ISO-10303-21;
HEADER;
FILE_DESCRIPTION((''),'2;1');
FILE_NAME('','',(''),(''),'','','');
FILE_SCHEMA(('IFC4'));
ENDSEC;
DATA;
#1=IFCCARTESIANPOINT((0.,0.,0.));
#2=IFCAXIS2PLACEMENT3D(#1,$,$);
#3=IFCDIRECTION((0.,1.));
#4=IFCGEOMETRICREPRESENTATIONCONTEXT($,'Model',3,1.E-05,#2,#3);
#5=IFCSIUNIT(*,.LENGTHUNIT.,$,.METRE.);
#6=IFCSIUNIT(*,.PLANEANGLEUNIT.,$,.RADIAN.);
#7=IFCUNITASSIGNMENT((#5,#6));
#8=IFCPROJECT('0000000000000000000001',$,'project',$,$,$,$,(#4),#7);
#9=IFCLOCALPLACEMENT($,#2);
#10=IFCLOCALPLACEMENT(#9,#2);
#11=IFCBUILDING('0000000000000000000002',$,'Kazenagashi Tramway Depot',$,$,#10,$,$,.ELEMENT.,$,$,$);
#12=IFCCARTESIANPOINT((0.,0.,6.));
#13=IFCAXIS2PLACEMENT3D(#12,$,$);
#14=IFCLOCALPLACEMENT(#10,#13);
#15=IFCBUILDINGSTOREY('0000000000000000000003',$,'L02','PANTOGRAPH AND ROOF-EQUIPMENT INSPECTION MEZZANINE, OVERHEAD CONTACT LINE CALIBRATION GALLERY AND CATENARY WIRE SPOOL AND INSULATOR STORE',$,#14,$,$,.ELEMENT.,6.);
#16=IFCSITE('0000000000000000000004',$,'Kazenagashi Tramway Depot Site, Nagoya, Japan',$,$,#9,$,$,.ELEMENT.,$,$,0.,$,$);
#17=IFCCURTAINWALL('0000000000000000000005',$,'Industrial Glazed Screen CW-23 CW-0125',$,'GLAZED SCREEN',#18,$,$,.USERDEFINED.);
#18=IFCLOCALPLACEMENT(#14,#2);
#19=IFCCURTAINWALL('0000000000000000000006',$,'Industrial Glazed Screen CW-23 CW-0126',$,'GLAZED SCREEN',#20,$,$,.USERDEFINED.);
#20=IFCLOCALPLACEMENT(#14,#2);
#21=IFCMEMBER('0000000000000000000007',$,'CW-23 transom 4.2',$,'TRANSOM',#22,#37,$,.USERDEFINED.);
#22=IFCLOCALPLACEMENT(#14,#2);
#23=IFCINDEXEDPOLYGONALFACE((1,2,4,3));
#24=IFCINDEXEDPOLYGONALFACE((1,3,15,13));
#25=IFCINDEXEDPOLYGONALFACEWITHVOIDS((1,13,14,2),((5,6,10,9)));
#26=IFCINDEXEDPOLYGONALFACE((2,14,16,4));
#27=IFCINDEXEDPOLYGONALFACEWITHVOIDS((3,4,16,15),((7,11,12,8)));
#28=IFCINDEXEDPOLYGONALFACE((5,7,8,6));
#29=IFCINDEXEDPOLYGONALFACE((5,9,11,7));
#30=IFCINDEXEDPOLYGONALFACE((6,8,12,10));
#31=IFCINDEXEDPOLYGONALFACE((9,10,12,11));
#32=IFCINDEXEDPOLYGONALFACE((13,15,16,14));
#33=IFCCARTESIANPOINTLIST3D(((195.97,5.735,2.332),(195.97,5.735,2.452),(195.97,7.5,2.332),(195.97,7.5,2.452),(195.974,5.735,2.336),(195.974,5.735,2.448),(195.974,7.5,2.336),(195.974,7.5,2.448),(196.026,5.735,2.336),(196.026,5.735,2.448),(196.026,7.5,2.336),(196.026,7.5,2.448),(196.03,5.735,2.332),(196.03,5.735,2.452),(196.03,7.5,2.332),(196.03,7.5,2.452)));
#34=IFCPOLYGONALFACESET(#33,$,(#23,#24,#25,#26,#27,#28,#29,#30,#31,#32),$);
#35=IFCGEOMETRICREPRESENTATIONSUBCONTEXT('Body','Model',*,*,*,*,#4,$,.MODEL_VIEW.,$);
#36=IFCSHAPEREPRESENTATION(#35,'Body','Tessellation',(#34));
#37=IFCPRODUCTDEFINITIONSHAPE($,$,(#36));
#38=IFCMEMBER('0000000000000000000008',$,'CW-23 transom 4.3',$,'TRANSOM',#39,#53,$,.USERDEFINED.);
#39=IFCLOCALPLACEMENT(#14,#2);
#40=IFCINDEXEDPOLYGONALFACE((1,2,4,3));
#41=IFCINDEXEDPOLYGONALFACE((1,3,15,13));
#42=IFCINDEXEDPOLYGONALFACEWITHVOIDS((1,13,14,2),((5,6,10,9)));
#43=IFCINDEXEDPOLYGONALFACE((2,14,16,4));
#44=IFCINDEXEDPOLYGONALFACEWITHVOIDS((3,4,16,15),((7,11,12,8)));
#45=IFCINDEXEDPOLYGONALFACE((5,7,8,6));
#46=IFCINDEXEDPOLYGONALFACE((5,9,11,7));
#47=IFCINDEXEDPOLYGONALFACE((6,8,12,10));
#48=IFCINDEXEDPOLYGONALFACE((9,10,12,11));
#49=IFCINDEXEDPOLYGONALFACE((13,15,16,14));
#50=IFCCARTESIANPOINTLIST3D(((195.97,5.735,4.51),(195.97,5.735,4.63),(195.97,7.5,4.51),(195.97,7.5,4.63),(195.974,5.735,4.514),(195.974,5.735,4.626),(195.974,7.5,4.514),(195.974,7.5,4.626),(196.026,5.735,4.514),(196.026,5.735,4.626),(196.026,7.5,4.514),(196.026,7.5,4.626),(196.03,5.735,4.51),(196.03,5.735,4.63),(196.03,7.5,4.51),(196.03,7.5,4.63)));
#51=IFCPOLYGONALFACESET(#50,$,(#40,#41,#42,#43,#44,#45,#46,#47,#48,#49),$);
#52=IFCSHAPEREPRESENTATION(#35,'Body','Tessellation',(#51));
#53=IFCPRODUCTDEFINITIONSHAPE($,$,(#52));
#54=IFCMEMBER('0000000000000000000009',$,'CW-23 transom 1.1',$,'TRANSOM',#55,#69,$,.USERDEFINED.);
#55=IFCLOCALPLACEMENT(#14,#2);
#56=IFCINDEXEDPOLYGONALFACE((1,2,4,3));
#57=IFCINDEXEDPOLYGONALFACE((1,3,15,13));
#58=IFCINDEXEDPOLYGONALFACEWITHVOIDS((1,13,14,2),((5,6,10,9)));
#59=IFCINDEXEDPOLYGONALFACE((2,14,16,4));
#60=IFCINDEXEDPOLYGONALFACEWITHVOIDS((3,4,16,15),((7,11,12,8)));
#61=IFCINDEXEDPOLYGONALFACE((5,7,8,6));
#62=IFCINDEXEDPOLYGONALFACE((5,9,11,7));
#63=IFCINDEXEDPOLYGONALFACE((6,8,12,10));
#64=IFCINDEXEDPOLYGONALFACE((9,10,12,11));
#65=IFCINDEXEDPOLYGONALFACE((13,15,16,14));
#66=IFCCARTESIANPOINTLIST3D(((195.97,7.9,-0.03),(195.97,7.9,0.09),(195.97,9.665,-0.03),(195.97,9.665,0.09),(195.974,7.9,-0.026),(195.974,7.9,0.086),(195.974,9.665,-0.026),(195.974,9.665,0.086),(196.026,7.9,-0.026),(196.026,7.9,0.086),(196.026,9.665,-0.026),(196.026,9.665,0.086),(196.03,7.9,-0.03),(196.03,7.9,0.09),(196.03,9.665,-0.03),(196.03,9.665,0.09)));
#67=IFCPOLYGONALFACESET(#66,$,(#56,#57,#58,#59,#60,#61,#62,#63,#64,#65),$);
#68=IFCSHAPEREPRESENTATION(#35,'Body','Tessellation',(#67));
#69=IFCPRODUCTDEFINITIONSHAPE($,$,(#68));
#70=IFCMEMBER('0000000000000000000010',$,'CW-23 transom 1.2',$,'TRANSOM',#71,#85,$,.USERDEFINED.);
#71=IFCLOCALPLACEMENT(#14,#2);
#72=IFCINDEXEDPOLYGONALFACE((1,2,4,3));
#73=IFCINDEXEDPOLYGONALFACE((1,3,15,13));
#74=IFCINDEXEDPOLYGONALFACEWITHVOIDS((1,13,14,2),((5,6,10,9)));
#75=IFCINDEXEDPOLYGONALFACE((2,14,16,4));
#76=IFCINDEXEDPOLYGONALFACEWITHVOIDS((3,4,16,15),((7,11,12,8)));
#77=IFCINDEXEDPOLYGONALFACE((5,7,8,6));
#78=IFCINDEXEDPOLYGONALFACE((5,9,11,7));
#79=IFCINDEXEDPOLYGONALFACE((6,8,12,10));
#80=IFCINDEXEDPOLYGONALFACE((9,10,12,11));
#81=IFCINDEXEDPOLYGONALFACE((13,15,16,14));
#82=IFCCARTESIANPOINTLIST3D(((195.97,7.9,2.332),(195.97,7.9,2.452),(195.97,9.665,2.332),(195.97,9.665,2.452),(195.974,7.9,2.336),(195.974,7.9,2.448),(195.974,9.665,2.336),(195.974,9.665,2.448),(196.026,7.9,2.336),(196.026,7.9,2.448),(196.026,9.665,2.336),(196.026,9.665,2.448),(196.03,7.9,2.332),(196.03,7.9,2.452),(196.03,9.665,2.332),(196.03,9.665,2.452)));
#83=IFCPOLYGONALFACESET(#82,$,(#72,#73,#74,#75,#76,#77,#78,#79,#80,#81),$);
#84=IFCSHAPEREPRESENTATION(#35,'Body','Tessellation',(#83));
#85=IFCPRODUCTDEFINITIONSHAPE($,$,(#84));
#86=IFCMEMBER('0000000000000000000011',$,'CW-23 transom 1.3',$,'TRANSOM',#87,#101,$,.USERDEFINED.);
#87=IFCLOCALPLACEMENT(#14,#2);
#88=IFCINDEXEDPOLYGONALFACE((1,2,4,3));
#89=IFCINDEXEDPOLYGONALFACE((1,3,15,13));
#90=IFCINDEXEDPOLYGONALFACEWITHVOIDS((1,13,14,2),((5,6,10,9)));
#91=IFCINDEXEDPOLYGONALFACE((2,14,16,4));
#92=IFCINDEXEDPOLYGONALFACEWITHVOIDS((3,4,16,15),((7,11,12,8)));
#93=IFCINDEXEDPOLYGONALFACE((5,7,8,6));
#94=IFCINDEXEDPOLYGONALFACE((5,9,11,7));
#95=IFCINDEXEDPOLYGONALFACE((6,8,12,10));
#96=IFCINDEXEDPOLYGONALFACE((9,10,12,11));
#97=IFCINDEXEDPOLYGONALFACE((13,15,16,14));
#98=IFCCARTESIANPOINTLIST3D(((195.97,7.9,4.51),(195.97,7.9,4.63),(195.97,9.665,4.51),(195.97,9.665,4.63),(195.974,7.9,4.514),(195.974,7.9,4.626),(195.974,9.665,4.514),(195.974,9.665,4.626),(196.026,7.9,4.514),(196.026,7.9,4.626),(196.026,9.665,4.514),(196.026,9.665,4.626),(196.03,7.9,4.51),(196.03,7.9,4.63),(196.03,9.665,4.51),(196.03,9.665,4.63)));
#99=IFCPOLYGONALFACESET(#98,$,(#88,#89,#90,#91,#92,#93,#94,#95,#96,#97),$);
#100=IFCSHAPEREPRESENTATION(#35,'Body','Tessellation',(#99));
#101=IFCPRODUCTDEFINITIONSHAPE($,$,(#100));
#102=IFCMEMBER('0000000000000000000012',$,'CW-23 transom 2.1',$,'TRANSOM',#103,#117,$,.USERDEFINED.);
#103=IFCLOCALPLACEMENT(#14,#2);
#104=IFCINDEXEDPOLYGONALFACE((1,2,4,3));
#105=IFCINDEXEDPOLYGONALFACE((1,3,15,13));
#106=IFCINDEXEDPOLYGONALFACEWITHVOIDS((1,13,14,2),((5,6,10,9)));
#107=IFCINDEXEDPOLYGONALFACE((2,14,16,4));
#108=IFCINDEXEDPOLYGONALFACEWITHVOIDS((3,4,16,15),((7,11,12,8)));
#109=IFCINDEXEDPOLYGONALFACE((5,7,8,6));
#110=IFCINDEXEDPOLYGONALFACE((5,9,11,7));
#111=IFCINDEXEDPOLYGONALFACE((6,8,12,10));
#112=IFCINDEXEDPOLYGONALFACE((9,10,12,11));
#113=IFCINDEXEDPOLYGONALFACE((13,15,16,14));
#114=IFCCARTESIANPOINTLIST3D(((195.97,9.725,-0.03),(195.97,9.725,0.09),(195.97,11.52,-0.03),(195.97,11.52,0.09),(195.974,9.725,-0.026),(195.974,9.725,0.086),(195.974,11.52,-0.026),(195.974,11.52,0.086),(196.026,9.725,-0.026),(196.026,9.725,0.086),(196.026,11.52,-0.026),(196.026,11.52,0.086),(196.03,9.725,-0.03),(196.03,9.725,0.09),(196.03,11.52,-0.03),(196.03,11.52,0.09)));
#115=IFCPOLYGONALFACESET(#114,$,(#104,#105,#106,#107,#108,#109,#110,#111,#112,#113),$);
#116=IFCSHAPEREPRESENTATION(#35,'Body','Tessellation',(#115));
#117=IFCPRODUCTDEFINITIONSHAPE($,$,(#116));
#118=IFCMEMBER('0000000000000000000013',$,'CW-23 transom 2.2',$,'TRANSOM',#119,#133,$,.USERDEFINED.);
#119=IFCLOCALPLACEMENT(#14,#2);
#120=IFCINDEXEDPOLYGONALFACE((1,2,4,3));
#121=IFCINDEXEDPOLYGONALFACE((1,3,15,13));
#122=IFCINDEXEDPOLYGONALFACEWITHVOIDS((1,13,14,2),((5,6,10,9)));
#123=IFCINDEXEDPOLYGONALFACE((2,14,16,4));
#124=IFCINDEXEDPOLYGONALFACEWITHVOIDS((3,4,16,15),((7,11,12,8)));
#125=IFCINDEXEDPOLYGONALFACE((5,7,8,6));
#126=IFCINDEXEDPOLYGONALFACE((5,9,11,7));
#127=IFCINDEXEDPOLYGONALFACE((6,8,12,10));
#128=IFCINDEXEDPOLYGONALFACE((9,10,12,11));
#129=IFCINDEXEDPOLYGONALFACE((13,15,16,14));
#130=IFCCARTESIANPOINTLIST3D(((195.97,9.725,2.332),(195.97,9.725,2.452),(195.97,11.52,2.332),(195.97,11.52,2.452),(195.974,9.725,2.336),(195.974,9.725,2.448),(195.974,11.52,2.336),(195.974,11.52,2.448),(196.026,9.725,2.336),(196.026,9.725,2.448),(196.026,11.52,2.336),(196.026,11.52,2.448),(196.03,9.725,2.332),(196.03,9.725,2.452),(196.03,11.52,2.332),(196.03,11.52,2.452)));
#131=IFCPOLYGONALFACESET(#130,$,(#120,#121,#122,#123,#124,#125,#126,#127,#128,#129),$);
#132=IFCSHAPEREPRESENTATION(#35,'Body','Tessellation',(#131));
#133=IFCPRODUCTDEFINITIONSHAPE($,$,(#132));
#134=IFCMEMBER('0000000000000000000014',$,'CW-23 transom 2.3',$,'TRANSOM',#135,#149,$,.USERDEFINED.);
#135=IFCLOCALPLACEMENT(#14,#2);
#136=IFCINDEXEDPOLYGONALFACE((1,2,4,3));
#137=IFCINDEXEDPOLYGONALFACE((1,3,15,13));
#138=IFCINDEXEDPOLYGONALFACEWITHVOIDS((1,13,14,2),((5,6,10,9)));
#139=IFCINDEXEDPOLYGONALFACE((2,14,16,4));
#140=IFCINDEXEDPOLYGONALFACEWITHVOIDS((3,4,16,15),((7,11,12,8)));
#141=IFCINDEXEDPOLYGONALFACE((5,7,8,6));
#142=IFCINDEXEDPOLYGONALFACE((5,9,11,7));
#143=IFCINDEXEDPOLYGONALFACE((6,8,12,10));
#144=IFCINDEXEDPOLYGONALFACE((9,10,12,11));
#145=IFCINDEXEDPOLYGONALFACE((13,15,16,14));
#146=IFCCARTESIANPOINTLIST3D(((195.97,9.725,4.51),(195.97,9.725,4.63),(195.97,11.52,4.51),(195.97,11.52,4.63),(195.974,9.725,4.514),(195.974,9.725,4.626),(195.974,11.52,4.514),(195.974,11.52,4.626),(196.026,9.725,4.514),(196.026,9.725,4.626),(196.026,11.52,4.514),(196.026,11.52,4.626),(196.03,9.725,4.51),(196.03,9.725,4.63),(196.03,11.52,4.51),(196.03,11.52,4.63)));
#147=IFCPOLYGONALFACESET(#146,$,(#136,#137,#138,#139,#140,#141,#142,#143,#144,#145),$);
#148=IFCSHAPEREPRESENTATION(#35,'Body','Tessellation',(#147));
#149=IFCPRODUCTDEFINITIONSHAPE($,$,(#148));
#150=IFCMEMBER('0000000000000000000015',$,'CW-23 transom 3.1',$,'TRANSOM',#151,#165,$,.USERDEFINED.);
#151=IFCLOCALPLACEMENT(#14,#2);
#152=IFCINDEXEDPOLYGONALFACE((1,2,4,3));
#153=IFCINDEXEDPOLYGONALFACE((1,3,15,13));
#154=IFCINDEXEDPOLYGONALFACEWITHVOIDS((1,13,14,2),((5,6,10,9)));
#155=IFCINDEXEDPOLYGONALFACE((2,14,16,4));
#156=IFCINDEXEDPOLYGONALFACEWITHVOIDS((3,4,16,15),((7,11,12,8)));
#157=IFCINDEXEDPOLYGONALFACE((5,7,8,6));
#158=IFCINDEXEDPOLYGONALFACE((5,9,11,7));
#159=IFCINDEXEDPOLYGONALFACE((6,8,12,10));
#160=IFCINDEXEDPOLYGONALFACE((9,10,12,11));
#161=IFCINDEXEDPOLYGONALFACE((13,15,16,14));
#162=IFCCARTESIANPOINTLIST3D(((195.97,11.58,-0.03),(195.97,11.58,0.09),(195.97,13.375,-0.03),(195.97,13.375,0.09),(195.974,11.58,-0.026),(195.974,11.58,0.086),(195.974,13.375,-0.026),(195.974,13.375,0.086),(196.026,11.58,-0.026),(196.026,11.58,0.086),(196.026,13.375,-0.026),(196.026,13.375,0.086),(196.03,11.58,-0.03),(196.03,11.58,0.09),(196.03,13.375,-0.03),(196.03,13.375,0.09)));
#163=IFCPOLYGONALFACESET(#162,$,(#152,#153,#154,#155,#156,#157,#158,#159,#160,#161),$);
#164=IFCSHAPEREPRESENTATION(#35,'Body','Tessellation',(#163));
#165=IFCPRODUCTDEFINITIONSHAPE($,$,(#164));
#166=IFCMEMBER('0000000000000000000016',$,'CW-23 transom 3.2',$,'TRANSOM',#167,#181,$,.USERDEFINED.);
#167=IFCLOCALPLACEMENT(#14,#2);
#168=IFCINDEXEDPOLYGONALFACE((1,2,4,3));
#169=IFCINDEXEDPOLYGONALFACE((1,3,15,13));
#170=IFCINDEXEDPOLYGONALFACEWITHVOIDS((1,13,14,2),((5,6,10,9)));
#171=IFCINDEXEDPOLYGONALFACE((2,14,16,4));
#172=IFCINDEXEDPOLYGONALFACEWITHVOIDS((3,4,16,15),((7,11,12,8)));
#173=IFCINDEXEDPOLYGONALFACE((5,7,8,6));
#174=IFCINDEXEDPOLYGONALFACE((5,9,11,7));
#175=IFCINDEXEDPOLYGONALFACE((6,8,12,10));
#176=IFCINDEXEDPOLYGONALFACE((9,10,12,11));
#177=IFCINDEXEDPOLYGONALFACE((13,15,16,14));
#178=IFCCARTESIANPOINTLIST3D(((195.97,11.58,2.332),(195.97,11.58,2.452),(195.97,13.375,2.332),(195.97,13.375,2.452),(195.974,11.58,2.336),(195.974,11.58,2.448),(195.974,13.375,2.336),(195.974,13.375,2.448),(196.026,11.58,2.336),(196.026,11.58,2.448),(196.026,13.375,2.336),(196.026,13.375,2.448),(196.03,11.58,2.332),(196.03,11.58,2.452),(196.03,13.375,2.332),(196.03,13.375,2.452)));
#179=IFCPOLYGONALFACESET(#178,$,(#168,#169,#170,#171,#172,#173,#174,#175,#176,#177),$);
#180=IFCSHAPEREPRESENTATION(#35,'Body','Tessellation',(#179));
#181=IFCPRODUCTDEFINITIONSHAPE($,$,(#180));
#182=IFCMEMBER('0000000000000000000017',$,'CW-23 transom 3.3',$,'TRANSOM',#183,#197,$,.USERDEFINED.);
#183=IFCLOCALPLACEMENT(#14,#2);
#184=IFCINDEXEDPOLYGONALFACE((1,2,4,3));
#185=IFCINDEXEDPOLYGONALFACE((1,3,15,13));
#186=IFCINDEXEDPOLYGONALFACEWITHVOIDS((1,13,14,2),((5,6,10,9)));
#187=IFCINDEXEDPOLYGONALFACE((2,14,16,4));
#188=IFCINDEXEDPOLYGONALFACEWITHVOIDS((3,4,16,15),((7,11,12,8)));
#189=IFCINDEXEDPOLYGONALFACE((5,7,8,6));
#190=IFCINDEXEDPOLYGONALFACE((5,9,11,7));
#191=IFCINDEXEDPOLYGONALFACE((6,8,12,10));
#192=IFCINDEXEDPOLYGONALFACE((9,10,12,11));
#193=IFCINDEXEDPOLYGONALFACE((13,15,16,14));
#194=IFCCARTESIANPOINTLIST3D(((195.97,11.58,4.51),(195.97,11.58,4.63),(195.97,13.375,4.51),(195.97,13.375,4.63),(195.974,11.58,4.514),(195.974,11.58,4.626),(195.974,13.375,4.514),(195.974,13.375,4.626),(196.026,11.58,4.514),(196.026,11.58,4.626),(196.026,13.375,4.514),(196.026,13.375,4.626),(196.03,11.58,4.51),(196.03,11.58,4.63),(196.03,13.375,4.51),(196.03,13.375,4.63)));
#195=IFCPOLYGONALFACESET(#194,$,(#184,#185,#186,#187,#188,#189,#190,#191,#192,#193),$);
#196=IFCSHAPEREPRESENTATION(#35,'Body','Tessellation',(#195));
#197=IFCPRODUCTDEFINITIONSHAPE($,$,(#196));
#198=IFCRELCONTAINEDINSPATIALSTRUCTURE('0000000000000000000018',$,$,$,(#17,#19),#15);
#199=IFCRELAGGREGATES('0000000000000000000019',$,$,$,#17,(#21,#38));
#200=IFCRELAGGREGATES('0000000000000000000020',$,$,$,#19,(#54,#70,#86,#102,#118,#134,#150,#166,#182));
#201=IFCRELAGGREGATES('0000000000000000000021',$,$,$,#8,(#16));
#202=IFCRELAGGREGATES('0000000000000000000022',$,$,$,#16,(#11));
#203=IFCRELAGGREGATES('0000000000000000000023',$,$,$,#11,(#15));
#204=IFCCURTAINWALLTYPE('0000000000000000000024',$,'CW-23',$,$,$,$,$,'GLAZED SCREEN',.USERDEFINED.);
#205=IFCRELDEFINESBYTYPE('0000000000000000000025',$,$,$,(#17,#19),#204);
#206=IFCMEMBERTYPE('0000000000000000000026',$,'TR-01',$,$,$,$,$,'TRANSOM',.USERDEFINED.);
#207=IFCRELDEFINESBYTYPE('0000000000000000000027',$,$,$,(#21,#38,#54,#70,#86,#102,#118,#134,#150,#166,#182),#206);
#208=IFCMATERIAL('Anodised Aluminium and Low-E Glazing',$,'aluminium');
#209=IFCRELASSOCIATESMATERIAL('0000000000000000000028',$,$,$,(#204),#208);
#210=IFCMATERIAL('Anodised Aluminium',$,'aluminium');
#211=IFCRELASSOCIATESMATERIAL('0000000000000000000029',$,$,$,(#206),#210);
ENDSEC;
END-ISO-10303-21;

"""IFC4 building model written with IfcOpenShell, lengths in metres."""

from ifc_helpers import new_model, si_unit, direction, frame, origin, origin_2d, place, context, subcontext, project, spatial, hollow_rectangle, extrude, material, material_profile, profile_set, type_object, element, aggregate, save


model = new_model("IFC4")

# Units and contexts
model_context = context("Model", 3, precision=1e-05, world=origin(), true_north=direction((0.0, 1.0)))
body_context = subcontext(model_context, "Body", "Model", "MODEL_VIEW")
ifc_project = project(units=[si_unit("LENGTHUNIT", "METRE"), si_unit("PLANEANGLEUNIT", "RADIAN")], contexts=[model_context])

# Site, building, storey
site_placement = place(None, origin())
site = spatial("IfcSite", under=ifc_project, at=site_placement, Name="Kazenagashi Tramway Depot Site, Nagoya, Japan", CompositionType="ELEMENT", RefElevation=0.0)
building_placement = place(site_placement, origin())
building = spatial("IfcBuilding", under=site, at=building_placement, Name="Kazenagashi Tramway Depot", CompositionType="ELEMENT")
storey_placement = place(building_placement, frame((0.0, 0.0, 6.0)))
storey = spatial("IfcBuildingStorey", under=building, at=storey_placement, Name="L02", Description="PANTOGRAPH AND ROOF-EQUIPMENT INSPECTION MEZZANINE, OVERHEAD CONTACT LINE CALIBRATION GALLERY AND CATENARY WIRE SPOOL AND INSULATOR STORE", CompositionType="ELEMENT", Elevation=6.0)

# Curtain wall
ifc_material_1 = material(Name="Anodised Aluminium and Low-E Glazing", Category="aluminium")
curtain_wall_type = type_object("IfcCurtainWallType", Name="CW-23", ElementType="GLAZED SCREEN", PredefinedType="USERDEFINED", material=ifc_material_1)
curtain_wall_1_placement = place(storey_placement, origin())
curtain_wall_1 = element("IfcCurtainWall", 1, at=curtain_wall_1_placement, inside=storey, type_object=curtain_wall_type, Name="Industrial Glazed Screen CW-23 CW-0125", ObjectType="GLAZED SCREEN", PredefinedType="USERDEFINED")
ifc_material_2 = material(Name="Anodised Aluminium", Category="aluminium")

# Curtain wall
curtain_wall_2_placement = place(storey_placement, origin())
curtain_wall_2 = element("IfcCurtainWall", 2, at=curtain_wall_2_placement, inside=storey, type_object=curtain_wall_type, Name="Industrial Glazed Screen CW-23 CW-0126", ObjectType="GLAZED SCREEN", PredefinedType="USERDEFINED")

# Members
ifc_material_profile_1 = material_profile(ifc_material_2, hollow_rectangle(XDim=0.06, YDim=0.12, WallThickness=0.004, at=origin_2d()), Name="RHS-120x60x4")
ifc_profile_set_1 = profile_set([ifc_material_profile_1], Name="Anodised Aluminium")
member_type_1 = type_object("IfcMemberType", Name="TR-01", ElementType="TRANSOM", PredefinedType="USERDEFINED", material=ifc_profile_set_1)
member_1_placement = place(storey_placement, frame((196.0, 5.735, 2.392), z_axis=(0.0, 1.0, 0.0), x_axis=(-1.0, 0.0, 0.0)))
member_1 = element("IfcMember", 3, at=member_1_placement, type_object=member_type_1, Name="CW-23 transom 4.2", ObjectType="TRANSOM", PredefinedType="USERDEFINED", context=body_context, shape_type="SweptSolid", body=[
    extrude(hollow_rectangle(XDim=0.06, YDim=0.12, WallThickness=0.004, at=origin_2d()), origin(), (0.0, 0.0, 1.0), 1.765),
])
member_2_placement = place(storey_placement, frame((196.0, 5.735, 4.57), z_axis=(0.0, 1.0, 0.0), x_axis=(-1.0, 0.0, 0.0)))
member_2 = element("IfcMember", 4, at=member_2_placement, type_object=member_type_1, Name="CW-23 transom 4.3", ObjectType="TRANSOM", PredefinedType="USERDEFINED", context=body_context, shape_type="SweptSolid", body=[
    extrude(hollow_rectangle(XDim=0.06, YDim=0.12, WallThickness=0.004, at=origin_2d()), origin(), (0.0, 0.0, 1.0), 1.765),
])
member_3_placement = place(storey_placement, frame((196.0, 7.9, 0.03), z_axis=(0.0, 1.0, 0.0), x_axis=(-1.0, 0.0, 0.0)))
member_3 = element("IfcMember", 5, at=member_3_placement, type_object=member_type_1, Name="CW-23 transom 1.1", ObjectType="TRANSOM", PredefinedType="USERDEFINED", context=body_context, shape_type="SweptSolid", body=[
    extrude(hollow_rectangle(XDim=0.06, YDim=0.12, WallThickness=0.004, at=origin_2d()), origin(), (0.0, 0.0, 1.0), 1.765),
])
member_4_placement = place(storey_placement, frame((196.0, 7.9, 2.392), z_axis=(0.0, 1.0, 0.0), x_axis=(-1.0, 0.0, 0.0)))
member_4 = element("IfcMember", 6, at=member_4_placement, type_object=member_type_1, Name="CW-23 transom 1.2", ObjectType="TRANSOM", PredefinedType="USERDEFINED", context=body_context, shape_type="SweptSolid", body=[
    extrude(hollow_rectangle(XDim=0.06, YDim=0.12, WallThickness=0.004, at=origin_2d()), origin(), (0.0, 0.0, 1.0), 1.765),
])
member_5_placement = place(storey_placement, frame((196.0, 7.9, 4.57), z_axis=(0.0, 1.0, 0.0), x_axis=(-1.0, 0.0, 0.0)))
member_5 = element("IfcMember", 7, at=member_5_placement, type_object=member_type_1, Name="CW-23 transom 1.3", ObjectType="TRANSOM", PredefinedType="USERDEFINED", context=body_context, shape_type="SweptSolid", body=[
    extrude(hollow_rectangle(XDim=0.06, YDim=0.12, WallThickness=0.004, at=origin_2d()), origin(), (0.0, 0.0, 1.0), 1.765),
])
member_6_placement = place(storey_placement, frame((196.0, 9.725, 0.03), z_axis=(0.0, 1.0, 0.0), x_axis=(-1.0, 0.0, 0.0)))
member_6 = element("IfcMember", 8, at=member_6_placement, type_object=member_type_1, Name="CW-23 transom 2.1", ObjectType="TRANSOM", PredefinedType="USERDEFINED", context=body_context, shape_type="SweptSolid", body=[
    extrude(hollow_rectangle(XDim=0.06, YDim=0.12, WallThickness=0.004, at=origin_2d()), origin(), (0.0, 0.0, 1.0), 1.795),
])
member_7_placement = place(storey_placement, frame((196.0, 9.725, 2.392), z_axis=(0.0, 1.0, 0.0), x_axis=(-1.0, 0.0, 0.0)))
member_7 = element("IfcMember", 9, at=member_7_placement, type_object=member_type_1, Name="CW-23 transom 2.2", ObjectType="TRANSOM", PredefinedType="USERDEFINED", context=body_context, shape_type="SweptSolid", body=[
    extrude(hollow_rectangle(XDim=0.06, YDim=0.12, WallThickness=0.004, at=origin_2d()), origin(), (0.0, 0.0, 1.0), 1.795),
])
member_8_placement = place(storey_placement, frame((196.0, 9.725, 4.57), z_axis=(0.0, 1.0, 0.0), x_axis=(-1.0, 0.0, 0.0)))
member_8 = element("IfcMember", 10, at=member_8_placement, type_object=member_type_1, Name="CW-23 transom 2.3", ObjectType="TRANSOM", PredefinedType="USERDEFINED", context=body_context, shape_type="SweptSolid", body=[
    extrude(hollow_rectangle(XDim=0.06, YDim=0.12, WallThickness=0.004, at=origin_2d()), origin(), (0.0, 0.0, 1.0), 1.795),
])
member_9_placement = place(storey_placement, frame((196.0, 11.58, 0.03), z_axis=(0.0, 1.0, 0.0), x_axis=(-1.0, 0.0, 0.0)))
member_9 = element("IfcMember", 11, at=member_9_placement, type_object=member_type_1, Name="CW-23 transom 3.1", ObjectType="TRANSOM", PredefinedType="USERDEFINED", context=body_context, shape_type="SweptSolid", body=[
    extrude(hollow_rectangle(XDim=0.06, YDim=0.12, WallThickness=0.004, at=origin_2d()), origin(), (0.0, 0.0, 1.0), 1.795),
])
member_10_placement = place(storey_placement, frame((196.0, 11.58, 2.392), z_axis=(0.0, 1.0, 0.0), x_axis=(-1.0, 0.0, 0.0)))
member_10 = element("IfcMember", 12, at=member_10_placement, type_object=member_type_1, Name="CW-23 transom 3.2", ObjectType="TRANSOM", PredefinedType="USERDEFINED", context=body_context, shape_type="SweptSolid", body=[
    extrude(hollow_rectangle(XDim=0.06, YDim=0.12, WallThickness=0.004, at=origin_2d()), origin(), (0.0, 0.0, 1.0), 1.795),
])
member_11_placement = place(storey_placement, frame((196.0, 11.58, 4.57), z_axis=(0.0, 1.0, 0.0), x_axis=(-1.0, 0.0, 0.0)))
member_11 = element("IfcMember", 13, at=member_11_placement, type_object=member_type_1, Name="CW-23 transom 3.3", ObjectType="TRANSOM", PredefinedType="USERDEFINED", context=body_context, shape_type="SweptSolid", body=[
    extrude(hollow_rectangle(XDim=0.06, YDim=0.12, WallThickness=0.004, at=origin_2d()), origin(), (0.0, 0.0, 1.0), 1.795),
])

aggregate(curtain_wall_1, [member_1, member_2])
aggregate(curtain_wall_2, [member_3, member_4, member_5, member_6, member_7, member_8, member_9, member_10, member_11])

save(model, "model.ifc")
